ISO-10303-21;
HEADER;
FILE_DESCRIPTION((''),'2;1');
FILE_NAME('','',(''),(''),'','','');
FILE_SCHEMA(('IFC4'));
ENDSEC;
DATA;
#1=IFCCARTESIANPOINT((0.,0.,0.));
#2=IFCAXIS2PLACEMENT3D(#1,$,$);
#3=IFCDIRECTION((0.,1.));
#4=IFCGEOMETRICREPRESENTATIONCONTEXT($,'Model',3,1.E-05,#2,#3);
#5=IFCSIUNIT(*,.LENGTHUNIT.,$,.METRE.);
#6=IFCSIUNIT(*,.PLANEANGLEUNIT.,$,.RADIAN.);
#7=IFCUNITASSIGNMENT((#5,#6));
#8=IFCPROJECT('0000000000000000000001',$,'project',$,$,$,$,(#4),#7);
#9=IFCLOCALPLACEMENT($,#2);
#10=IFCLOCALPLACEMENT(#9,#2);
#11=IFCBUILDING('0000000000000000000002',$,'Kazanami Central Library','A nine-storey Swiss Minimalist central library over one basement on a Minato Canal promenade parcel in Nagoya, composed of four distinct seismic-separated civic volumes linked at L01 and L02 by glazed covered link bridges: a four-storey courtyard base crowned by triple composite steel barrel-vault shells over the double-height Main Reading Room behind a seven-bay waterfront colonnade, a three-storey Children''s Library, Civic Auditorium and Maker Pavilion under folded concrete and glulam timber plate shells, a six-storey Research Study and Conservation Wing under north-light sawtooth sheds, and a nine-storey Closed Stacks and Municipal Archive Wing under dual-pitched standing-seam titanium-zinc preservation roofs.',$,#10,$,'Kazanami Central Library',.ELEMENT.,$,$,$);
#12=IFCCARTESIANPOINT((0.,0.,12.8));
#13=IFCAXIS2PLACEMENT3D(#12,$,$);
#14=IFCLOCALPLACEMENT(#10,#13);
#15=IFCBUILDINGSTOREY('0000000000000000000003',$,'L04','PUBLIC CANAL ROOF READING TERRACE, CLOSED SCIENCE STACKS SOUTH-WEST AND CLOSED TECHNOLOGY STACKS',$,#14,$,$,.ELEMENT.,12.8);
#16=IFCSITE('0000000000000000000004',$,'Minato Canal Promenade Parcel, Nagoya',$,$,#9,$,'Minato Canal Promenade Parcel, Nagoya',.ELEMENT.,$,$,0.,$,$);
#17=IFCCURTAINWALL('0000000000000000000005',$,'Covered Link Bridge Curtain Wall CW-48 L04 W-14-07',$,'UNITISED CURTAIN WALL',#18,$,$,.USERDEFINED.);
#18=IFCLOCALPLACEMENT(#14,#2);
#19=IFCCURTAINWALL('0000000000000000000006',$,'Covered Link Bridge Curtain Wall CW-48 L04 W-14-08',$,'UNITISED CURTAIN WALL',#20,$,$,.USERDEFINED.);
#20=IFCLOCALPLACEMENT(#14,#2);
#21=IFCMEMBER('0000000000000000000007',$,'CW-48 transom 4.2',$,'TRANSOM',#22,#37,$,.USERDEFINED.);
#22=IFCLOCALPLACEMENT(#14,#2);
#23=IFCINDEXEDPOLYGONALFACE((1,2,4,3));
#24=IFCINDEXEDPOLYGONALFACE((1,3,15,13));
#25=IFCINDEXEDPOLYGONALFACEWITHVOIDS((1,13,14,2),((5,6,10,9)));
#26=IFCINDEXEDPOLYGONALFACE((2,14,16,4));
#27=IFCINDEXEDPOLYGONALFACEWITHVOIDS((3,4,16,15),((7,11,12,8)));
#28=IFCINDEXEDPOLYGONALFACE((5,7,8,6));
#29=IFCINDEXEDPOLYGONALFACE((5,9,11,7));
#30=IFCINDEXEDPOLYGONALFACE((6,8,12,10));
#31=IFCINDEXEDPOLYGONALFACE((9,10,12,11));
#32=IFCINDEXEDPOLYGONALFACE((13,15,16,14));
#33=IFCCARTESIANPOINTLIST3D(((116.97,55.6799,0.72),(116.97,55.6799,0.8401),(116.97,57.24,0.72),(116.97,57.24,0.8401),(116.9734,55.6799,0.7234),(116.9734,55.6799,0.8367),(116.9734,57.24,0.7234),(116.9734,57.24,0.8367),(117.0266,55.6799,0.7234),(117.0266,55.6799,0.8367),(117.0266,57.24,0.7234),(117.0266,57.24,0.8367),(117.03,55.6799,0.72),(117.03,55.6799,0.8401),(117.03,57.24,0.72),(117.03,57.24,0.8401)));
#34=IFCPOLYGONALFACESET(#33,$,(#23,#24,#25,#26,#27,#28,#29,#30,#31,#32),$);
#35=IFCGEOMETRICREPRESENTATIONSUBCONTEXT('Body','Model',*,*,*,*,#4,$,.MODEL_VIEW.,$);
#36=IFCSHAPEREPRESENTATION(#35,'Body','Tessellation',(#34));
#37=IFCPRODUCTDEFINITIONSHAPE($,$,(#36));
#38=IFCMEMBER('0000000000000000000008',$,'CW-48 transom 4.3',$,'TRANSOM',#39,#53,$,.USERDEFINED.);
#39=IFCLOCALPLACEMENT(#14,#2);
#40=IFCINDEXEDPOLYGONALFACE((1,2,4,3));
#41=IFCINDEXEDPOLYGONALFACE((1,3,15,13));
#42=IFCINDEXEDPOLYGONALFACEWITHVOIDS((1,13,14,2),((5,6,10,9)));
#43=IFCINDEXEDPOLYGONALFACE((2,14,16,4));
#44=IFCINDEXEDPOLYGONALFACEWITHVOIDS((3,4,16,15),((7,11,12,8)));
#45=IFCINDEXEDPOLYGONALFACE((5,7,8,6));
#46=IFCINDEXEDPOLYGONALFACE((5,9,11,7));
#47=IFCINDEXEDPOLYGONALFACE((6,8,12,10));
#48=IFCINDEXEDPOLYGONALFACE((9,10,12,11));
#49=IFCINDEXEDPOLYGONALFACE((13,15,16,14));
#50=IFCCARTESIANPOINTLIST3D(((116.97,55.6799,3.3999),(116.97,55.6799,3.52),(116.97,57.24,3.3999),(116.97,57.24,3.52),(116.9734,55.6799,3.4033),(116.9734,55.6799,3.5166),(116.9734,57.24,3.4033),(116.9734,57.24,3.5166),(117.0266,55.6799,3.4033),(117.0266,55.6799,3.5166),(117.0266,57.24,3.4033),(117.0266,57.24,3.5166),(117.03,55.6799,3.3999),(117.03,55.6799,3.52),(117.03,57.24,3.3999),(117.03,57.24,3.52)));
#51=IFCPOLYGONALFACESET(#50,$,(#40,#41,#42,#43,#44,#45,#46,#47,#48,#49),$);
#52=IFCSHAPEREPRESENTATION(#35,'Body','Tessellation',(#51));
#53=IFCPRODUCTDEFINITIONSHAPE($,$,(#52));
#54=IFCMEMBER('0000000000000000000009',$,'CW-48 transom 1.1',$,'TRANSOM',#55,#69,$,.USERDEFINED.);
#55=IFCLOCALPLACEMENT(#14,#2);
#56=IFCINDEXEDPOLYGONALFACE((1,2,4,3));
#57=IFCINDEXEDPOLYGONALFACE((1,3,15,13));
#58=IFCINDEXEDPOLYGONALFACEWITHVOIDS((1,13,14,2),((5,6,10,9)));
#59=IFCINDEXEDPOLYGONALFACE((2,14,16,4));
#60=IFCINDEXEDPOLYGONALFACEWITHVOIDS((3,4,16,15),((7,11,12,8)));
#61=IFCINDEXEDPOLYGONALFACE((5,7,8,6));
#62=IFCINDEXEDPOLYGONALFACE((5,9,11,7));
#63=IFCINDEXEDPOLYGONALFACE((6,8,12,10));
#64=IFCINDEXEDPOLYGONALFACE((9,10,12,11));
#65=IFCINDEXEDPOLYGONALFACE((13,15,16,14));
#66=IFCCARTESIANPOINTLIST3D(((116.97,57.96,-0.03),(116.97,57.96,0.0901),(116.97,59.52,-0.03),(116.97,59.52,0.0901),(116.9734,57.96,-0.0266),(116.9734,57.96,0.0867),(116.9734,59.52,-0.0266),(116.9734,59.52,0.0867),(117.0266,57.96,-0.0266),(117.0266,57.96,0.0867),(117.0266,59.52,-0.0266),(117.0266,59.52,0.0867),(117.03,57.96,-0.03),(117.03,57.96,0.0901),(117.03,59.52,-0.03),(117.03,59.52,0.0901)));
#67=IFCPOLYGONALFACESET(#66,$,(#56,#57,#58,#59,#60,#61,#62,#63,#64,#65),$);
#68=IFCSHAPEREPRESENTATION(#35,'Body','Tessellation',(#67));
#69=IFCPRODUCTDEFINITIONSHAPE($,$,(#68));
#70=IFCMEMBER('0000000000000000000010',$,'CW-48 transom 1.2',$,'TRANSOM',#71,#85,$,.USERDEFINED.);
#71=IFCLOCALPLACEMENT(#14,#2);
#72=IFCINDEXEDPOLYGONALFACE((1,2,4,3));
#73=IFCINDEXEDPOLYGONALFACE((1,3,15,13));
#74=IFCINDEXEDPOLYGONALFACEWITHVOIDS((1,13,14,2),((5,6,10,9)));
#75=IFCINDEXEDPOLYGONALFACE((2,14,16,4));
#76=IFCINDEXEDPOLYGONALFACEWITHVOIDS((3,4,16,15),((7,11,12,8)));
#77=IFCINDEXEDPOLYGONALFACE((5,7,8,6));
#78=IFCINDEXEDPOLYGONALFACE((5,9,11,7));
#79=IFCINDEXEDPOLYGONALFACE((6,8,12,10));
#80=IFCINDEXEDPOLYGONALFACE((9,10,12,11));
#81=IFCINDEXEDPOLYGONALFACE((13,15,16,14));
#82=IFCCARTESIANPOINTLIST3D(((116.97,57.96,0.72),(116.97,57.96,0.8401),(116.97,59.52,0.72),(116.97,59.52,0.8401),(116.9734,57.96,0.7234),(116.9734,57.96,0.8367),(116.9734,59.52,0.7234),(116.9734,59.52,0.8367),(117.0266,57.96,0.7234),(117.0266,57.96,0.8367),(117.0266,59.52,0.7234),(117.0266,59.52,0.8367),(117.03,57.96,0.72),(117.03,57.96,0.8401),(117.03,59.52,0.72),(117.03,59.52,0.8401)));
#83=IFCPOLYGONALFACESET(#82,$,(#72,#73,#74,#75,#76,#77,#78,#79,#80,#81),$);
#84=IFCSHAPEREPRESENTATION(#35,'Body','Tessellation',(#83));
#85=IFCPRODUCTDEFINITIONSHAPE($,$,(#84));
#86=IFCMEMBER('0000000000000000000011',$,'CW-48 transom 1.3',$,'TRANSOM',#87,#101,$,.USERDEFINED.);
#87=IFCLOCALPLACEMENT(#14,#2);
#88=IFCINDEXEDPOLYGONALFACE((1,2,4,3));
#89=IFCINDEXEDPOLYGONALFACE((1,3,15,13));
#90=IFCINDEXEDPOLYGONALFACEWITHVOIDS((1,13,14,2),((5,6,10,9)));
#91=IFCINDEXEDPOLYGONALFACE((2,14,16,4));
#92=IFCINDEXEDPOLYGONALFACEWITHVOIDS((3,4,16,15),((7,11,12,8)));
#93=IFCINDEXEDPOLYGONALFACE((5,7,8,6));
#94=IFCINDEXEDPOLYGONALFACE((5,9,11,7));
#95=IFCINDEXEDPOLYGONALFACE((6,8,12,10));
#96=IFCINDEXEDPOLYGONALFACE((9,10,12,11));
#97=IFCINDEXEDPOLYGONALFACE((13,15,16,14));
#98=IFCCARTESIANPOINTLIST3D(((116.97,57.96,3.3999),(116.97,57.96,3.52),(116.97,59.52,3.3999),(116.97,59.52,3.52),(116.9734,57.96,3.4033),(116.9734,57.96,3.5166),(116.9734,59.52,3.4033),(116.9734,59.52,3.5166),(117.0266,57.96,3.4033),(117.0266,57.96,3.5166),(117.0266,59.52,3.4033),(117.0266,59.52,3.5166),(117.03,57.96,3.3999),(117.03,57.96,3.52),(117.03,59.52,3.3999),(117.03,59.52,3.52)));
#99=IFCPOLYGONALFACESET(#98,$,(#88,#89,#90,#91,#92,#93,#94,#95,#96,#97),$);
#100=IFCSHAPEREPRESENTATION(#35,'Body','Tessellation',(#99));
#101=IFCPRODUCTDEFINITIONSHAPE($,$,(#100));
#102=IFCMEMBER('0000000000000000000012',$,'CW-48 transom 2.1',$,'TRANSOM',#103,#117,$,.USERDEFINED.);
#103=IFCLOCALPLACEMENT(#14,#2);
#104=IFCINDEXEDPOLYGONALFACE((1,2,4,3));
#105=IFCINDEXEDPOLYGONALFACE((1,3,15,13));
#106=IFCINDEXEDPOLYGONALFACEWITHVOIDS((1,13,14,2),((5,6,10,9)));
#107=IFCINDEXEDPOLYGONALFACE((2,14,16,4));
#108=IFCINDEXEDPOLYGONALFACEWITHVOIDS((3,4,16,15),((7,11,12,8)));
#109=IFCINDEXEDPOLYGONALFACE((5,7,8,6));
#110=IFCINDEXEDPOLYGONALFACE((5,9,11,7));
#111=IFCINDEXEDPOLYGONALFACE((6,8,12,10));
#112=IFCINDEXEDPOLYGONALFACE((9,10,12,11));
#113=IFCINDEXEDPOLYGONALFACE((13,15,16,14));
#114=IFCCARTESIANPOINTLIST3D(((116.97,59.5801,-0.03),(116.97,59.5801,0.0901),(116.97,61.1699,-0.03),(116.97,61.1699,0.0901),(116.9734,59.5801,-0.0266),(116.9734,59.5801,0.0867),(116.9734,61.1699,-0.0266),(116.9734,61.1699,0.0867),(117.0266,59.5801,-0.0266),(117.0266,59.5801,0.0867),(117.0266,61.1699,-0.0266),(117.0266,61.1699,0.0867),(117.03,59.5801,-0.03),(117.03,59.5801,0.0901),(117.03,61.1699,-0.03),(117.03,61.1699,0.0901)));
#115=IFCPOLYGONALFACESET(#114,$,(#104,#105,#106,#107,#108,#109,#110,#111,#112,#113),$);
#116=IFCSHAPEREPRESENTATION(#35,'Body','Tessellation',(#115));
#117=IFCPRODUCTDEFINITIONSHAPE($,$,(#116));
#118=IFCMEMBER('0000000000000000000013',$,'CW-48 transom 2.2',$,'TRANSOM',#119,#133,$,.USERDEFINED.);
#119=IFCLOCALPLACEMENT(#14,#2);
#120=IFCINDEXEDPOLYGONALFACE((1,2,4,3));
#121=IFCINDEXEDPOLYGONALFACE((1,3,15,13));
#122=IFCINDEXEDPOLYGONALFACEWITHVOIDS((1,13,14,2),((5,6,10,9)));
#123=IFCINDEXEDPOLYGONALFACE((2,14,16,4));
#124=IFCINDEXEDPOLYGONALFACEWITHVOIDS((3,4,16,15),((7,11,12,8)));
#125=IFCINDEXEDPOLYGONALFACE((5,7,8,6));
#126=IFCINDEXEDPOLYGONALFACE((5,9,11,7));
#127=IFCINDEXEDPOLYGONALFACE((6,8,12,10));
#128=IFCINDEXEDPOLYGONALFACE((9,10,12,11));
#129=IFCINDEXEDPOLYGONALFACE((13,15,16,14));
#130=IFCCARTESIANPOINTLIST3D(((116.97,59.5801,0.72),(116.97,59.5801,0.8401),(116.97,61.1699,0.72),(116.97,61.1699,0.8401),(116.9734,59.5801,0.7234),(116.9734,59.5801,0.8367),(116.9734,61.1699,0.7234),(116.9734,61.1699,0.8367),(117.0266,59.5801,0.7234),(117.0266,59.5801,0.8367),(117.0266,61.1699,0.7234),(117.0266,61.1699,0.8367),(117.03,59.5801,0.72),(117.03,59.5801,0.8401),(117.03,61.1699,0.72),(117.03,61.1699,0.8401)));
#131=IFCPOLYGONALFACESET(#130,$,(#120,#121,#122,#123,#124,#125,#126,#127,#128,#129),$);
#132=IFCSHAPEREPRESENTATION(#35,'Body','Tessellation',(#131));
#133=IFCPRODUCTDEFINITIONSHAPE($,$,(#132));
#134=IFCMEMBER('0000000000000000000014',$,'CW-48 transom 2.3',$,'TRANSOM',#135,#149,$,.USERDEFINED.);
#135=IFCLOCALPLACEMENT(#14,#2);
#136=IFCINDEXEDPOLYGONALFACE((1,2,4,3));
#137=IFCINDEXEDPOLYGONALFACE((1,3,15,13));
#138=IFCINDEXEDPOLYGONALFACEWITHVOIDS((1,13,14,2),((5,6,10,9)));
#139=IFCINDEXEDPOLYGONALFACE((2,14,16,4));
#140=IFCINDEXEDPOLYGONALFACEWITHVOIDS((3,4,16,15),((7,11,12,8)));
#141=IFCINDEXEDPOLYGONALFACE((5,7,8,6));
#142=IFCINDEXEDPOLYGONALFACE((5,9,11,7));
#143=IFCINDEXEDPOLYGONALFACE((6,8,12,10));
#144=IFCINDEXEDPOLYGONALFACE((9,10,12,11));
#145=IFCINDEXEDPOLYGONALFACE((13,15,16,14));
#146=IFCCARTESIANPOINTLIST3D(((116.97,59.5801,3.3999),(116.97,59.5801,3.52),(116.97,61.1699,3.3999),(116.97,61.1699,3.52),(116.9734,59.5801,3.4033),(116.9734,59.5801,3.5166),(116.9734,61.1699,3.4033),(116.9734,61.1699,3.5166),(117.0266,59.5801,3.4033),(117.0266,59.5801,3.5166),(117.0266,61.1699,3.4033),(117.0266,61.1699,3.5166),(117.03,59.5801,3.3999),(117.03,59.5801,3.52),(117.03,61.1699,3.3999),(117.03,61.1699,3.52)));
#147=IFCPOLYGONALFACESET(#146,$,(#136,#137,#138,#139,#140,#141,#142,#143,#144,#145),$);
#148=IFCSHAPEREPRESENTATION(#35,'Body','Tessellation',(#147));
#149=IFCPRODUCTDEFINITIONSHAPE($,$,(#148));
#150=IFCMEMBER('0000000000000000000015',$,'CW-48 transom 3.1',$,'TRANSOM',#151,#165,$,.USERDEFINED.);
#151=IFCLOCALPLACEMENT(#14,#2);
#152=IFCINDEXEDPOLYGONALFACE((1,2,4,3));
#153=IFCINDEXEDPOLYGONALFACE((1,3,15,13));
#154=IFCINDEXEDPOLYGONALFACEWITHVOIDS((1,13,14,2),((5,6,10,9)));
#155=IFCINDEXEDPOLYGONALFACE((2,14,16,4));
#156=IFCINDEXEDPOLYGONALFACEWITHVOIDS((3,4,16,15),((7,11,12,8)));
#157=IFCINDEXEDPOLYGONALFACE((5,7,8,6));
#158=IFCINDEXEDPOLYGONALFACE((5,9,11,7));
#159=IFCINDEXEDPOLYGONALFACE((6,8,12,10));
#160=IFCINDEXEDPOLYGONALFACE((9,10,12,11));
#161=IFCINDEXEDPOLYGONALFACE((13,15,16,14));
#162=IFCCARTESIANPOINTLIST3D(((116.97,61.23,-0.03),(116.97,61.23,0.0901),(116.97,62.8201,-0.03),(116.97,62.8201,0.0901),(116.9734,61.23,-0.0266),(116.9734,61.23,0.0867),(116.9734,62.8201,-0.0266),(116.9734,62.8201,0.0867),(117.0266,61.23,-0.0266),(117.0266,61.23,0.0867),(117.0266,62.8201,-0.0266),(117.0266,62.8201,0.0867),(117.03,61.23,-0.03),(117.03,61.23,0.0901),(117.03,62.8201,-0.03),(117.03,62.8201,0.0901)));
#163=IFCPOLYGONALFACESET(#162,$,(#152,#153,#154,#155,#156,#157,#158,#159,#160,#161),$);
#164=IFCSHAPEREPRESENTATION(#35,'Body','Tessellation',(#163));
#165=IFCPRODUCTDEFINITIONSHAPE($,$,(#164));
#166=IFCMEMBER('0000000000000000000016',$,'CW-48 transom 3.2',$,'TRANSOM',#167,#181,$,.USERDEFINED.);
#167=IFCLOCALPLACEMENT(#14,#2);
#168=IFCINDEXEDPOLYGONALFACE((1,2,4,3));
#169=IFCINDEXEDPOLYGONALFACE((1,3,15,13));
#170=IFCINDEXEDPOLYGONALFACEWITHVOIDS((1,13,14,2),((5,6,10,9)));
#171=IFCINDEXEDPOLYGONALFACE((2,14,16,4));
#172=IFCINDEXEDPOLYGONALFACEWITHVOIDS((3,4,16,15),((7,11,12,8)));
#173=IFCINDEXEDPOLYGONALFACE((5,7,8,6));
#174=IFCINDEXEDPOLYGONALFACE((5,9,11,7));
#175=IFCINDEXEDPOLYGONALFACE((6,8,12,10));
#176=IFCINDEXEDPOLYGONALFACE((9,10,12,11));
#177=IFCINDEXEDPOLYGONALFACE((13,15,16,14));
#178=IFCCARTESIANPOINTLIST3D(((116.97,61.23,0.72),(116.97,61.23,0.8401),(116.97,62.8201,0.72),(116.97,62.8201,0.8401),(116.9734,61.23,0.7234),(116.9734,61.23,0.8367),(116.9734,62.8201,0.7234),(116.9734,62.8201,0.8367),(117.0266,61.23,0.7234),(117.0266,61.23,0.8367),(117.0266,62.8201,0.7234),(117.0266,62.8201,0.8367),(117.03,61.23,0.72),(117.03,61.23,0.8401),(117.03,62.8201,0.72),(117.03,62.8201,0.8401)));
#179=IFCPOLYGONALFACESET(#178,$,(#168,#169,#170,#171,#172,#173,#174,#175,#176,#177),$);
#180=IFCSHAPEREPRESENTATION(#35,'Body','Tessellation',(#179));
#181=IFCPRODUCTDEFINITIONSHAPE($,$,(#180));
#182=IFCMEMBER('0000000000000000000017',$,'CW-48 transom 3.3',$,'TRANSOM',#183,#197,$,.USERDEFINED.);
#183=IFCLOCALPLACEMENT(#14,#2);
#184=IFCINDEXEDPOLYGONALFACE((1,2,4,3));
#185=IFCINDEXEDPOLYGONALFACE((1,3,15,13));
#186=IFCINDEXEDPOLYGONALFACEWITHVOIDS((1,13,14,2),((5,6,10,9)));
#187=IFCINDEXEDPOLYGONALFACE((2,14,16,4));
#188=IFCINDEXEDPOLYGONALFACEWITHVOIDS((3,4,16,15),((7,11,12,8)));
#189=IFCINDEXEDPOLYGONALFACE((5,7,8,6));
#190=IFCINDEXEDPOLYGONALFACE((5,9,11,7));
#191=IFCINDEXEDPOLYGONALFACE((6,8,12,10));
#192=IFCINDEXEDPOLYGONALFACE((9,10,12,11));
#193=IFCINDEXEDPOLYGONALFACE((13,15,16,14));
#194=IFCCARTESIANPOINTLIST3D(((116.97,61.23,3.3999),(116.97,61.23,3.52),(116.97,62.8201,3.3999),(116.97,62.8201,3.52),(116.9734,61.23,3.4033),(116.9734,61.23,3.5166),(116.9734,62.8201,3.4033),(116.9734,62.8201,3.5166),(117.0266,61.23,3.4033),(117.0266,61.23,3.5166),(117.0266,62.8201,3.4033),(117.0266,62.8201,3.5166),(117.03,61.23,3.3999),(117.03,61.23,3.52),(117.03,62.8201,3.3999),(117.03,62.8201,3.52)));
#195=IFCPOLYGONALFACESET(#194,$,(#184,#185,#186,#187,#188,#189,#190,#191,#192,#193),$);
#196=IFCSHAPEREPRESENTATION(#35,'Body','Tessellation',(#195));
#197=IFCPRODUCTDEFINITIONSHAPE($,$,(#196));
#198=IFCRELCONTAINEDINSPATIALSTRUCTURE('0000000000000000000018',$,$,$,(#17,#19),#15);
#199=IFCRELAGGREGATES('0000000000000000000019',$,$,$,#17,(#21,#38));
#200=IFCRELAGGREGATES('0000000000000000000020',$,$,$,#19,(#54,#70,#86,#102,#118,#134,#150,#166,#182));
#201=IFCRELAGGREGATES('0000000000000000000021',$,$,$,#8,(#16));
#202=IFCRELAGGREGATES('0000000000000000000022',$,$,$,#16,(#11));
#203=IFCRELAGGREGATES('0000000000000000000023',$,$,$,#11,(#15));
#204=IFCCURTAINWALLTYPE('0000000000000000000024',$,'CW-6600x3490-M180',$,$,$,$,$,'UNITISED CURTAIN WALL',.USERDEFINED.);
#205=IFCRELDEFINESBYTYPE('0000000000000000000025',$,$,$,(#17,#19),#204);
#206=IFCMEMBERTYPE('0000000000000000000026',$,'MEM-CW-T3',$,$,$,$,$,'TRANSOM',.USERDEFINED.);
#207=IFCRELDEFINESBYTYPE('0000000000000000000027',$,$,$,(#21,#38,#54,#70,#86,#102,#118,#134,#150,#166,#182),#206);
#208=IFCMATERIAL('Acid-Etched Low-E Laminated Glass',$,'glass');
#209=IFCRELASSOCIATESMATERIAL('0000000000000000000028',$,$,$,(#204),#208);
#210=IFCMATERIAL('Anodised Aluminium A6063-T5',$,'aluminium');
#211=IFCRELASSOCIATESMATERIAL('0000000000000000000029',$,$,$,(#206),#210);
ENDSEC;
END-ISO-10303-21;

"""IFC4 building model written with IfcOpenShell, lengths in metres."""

from ifc_helpers import new_model, si_unit, direction, frame, origin, origin_2d, place, context, subcontext, project, spatial, hollow_rectangle, extrude, material, material_profile, profile_set, type_object, element, aggregate, save


model = new_model("IFC4")

# Units and contexts
model_context = context("Model", 3, precision=1e-05, world=origin(), true_north=direction((0.0, 1.0)))
body_context = subcontext(model_context, "Body", "Model", "MODEL_VIEW")
ifc_project = project(units=[si_unit("LENGTHUNIT", "METRE"), si_unit("PLANEANGLEUNIT", "RADIAN")], contexts=[model_context])

# Site, building, storey
site_placement = place(None, origin())
site = spatial("IfcSite", under=ifc_project, at=site_placement, Name="Minato Canal Promenade Parcel, Nagoya", LongName="Minato Canal Promenade Parcel, Nagoya", CompositionType="ELEMENT", RefElevation=0.0)
building_placement = place(site_placement, origin())
building = spatial("IfcBuilding", under=site, at=building_placement, Name="Kazanami Central Library", Description="A nine-storey Swiss Minimalist central library over one basement on a Minato Canal promenade parcel in Nagoya, composed of four distinct seismic-separated civic volumes linked at L01 and L02 by glazed covered link bridges: a four-storey courtyard base crowned by triple composite steel barrel-vault shells over the double-height Main Reading Room behind a seven-bay waterfront colonnade, a three-storey Children's Library, Civic Auditorium and Maker Pavilion under folded concrete and glulam timber plate shells, a six-storey Research Study and Conservation Wing under north-light sawtooth sheds, and a nine-storey Closed Stacks and Municipal Archive Wing under dual-pitched standing-seam titanium-zinc preservation roofs.", LongName="Kazanami Central Library", CompositionType="ELEMENT")
storey_placement = place(building_placement, frame((0.0, 0.0, 12.8)))
storey = spatial("IfcBuildingStorey", under=building, at=storey_placement, Name="L04", Description="PUBLIC CANAL ROOF READING TERRACE, CLOSED SCIENCE STACKS SOUTH-WEST AND CLOSED TECHNOLOGY STACKS", CompositionType="ELEMENT", Elevation=12.8)

# Curtain wall
ifc_material_1 = material(Name="Acid-Etched Low-E Laminated Glass", Category="glass")
curtain_wall_type = type_object("IfcCurtainWallType", Name="CW-6600x3490-M180", ElementType="UNITISED CURTAIN WALL", PredefinedType="USERDEFINED", material=ifc_material_1)
curtain_wall_1_placement = place(storey_placement, origin())
curtain_wall_1 = element("IfcCurtainWall", 1, at=curtain_wall_1_placement, inside=storey, type_object=curtain_wall_type, Name="Covered Link Bridge Curtain Wall CW-48 L04 W-14-07", ObjectType="UNITISED CURTAIN WALL", PredefinedType="USERDEFINED")
ifc_material_2 = material(Name="Anodised Aluminium A6063-T5", Category="aluminium")

# Curtain wall
curtain_wall_2_placement = place(storey_placement, origin())
curtain_wall_2 = element("IfcCurtainWall", 2, at=curtain_wall_2_placement, inside=storey, type_object=curtain_wall_type, Name="Covered Link Bridge Curtain Wall CW-48 L04 W-14-08", ObjectType="UNITISED CURTAIN WALL", PredefinedType="USERDEFINED")

# Members
ifc_material_profile_1 = material_profile(ifc_material_2, hollow_rectangle(XDim=0.0601, YDim=0.1201, WallThickness=0.0034, at=origin_2d()), Name="ALU-TRAN-60x120x3.5")
ifc_profile_set_1 = profile_set([ifc_material_profile_1], Name="Anodised Aluminium A6063-T5")
member_type_1 = type_object("IfcMemberType", Name="MEM-CW-T3", ElementType="TRANSOM", PredefinedType="USERDEFINED", material=ifc_profile_set_1)
member_1_placement = place(storey_placement, frame((117.0, 55.6799, 0.78), z_axis=(0.0, 1.0, 0.0), x_axis=(-1.0, 0.0, 0.0)))
member_1 = element("IfcMember", 3, at=member_1_placement, type_object=member_type_1, Name="CW-48 transom 4.2", ObjectType="TRANSOM", PredefinedType="USERDEFINED", context=body_context, shape_type="SweptSolid", body=[
    extrude(hollow_rectangle(XDim=0.0601, YDim=0.1201, WallThickness=0.0034, at=origin_2d()), origin(), (0.0, 0.0, 1.0), 1.5601),
])
member_2_placement = place(storey_placement, frame((117.0, 55.6799, 3.46), z_axis=(0.0, 1.0, 0.0), x_axis=(-1.0, 0.0, 0.0)))
member_2 = element("IfcMember", 4, at=member_2_placement, type_object=member_type_1, Name="CW-48 transom 4.3", ObjectType="TRANSOM", PredefinedType="USERDEFINED", context=body_context, shape_type="SweptSolid", body=[
    extrude(hollow_rectangle(XDim=0.0601, YDim=0.1201, WallThickness=0.0034, at=origin_2d()), origin(), (0.0, 0.0, 1.0), 1.5601),
])
member_3_placement = place(storey_placement, frame((117.0, 57.96, 0.03), z_axis=(0.0, 1.0, 0.0), x_axis=(-1.0, 0.0, 0.0)))
member_3 = element("IfcMember", 5, at=member_3_placement, type_object=member_type_1, Name="CW-48 transom 1.1", ObjectType="TRANSOM", PredefinedType="USERDEFINED", context=body_context, shape_type="SweptSolid", body=[
    extrude(hollow_rectangle(XDim=0.0601, YDim=0.1201, WallThickness=0.0034, at=origin_2d()), origin(), (0.0, 0.0, 1.0), 1.5601),
])
member_4_placement = place(storey_placement, frame((117.0, 57.96, 0.78), z_axis=(0.0, 1.0, 0.0), x_axis=(-1.0, 0.0, 0.0)))
member_4 = element("IfcMember", 6, at=member_4_placement, type_object=member_type_1, Name="CW-48 transom 1.2", ObjectType="TRANSOM", PredefinedType="USERDEFINED", context=body_context, shape_type="SweptSolid", body=[
    extrude(hollow_rectangle(XDim=0.0601, YDim=0.1201, WallThickness=0.0034, at=origin_2d()), origin(), (0.0, 0.0, 1.0), 1.5601),
])
member_5_placement = place(storey_placement, frame((117.0, 57.96, 3.46), z_axis=(0.0, 1.0, 0.0), x_axis=(-1.0, 0.0, 0.0)))
member_5 = element("IfcMember", 7, at=member_5_placement, type_object=member_type_1, Name="CW-48 transom 1.3", ObjectType="TRANSOM", PredefinedType="USERDEFINED", context=body_context, shape_type="SweptSolid", body=[
    extrude(hollow_rectangle(XDim=0.0601, YDim=0.1201, WallThickness=0.0034, at=origin_2d()), origin(), (0.0, 0.0, 1.0), 1.5601),
])
member_6_placement = place(storey_placement, frame((117.0, 59.5801, 0.03), z_axis=(0.0, 1.0, 0.0), x_axis=(-1.0, 0.0, 0.0)))
member_6 = element("IfcMember", 8, at=member_6_placement, type_object=member_type_1, Name="CW-48 transom 2.1", ObjectType="TRANSOM", PredefinedType="USERDEFINED", context=body_context, shape_type="SweptSolid", body=[
    extrude(hollow_rectangle(XDim=0.0601, YDim=0.1201, WallThickness=0.0034, at=origin_2d()), origin(), (0.0, 0.0, 1.0), 1.5898),
])
member_7_placement = place(storey_placement, frame((117.0, 59.5801, 0.78), z_axis=(0.0, 1.0, 0.0), x_axis=(-1.0, 0.0, 0.0)))
member_7 = element("IfcMember", 9, at=member_7_placement, type_object=member_type_1, Name="CW-48 transom 2.2", ObjectType="TRANSOM", PredefinedType="USERDEFINED", context=body_context, shape_type="SweptSolid", body=[
    extrude(hollow_rectangle(XDim=0.0601, YDim=0.1201, WallThickness=0.0034, at=origin_2d()), origin(), (0.0, 0.0, 1.0), 1.5898),
])
member_8_placement = place(storey_placement, frame((117.0, 59.5801, 3.46), z_axis=(0.0, 1.0, 0.0), x_axis=(-1.0, 0.0, 0.0)))
member_8 = element("IfcMember", 10, at=member_8_placement, type_object=member_type_1, Name="CW-48 transom 2.3", ObjectType="TRANSOM", PredefinedType="USERDEFINED", context=body_context, shape_type="SweptSolid", body=[
    extrude(hollow_rectangle(XDim=0.0601, YDim=0.1201, WallThickness=0.0034, at=origin_2d()), origin(), (0.0, 0.0, 1.0), 1.5898),
])
member_9_placement = place(storey_placement, frame((117.0, 61.23, 0.03), z_axis=(0.0, 1.0, 0.0), x_axis=(-1.0, 0.0, 0.0)))
member_9 = element("IfcMember", 11, at=member_9_placement, type_object=member_type_1, Name="CW-48 transom 3.1", ObjectType="TRANSOM", PredefinedType="USERDEFINED", context=body_context, shape_type="SweptSolid", body=[
    extrude(hollow_rectangle(XDim=0.0601, YDim=0.1201, WallThickness=0.0034, at=origin_2d()), origin(), (0.0, 0.0, 1.0), 1.5901),
])
member_10_placement = place(storey_placement, frame((117.0, 61.23, 0.78), z_axis=(0.0, 1.0, 0.0), x_axis=(-1.0, 0.0, 0.0)))
member_10 = element("IfcMember", 12, at=member_10_placement, type_object=member_type_1, Name="CW-48 transom 3.2", ObjectType="TRANSOM", PredefinedType="USERDEFINED", context=body_context, shape_type="SweptSolid", body=[
    extrude(hollow_rectangle(XDim=0.0601, YDim=0.1201, WallThickness=0.0034, at=origin_2d()), origin(), (0.0, 0.0, 1.0), 1.5901),
])
member_11_placement = place(storey_placement, frame((117.0, 61.23, 3.46), z_axis=(0.0, 1.0, 0.0), x_axis=(-1.0, 0.0, 0.0)))
member_11 = element("IfcMember", 13, at=member_11_placement, type_object=member_type_1, Name="CW-48 transom 3.3", ObjectType="TRANSOM", PredefinedType="USERDEFINED", context=body_context, shape_type="SweptSolid", body=[
    extrude(hollow_rectangle(XDim=0.0601, YDim=0.1201, WallThickness=0.0034, at=origin_2d()), origin(), (0.0, 0.0, 1.0), 1.5901),
])

aggregate(curtain_wall_1, [member_1, member_2])
aggregate(curtain_wall_2, [member_3, member_4, member_5, member_6, member_7, member_8, member_9, member_10, member_11])

save(model, "model.ifc")
